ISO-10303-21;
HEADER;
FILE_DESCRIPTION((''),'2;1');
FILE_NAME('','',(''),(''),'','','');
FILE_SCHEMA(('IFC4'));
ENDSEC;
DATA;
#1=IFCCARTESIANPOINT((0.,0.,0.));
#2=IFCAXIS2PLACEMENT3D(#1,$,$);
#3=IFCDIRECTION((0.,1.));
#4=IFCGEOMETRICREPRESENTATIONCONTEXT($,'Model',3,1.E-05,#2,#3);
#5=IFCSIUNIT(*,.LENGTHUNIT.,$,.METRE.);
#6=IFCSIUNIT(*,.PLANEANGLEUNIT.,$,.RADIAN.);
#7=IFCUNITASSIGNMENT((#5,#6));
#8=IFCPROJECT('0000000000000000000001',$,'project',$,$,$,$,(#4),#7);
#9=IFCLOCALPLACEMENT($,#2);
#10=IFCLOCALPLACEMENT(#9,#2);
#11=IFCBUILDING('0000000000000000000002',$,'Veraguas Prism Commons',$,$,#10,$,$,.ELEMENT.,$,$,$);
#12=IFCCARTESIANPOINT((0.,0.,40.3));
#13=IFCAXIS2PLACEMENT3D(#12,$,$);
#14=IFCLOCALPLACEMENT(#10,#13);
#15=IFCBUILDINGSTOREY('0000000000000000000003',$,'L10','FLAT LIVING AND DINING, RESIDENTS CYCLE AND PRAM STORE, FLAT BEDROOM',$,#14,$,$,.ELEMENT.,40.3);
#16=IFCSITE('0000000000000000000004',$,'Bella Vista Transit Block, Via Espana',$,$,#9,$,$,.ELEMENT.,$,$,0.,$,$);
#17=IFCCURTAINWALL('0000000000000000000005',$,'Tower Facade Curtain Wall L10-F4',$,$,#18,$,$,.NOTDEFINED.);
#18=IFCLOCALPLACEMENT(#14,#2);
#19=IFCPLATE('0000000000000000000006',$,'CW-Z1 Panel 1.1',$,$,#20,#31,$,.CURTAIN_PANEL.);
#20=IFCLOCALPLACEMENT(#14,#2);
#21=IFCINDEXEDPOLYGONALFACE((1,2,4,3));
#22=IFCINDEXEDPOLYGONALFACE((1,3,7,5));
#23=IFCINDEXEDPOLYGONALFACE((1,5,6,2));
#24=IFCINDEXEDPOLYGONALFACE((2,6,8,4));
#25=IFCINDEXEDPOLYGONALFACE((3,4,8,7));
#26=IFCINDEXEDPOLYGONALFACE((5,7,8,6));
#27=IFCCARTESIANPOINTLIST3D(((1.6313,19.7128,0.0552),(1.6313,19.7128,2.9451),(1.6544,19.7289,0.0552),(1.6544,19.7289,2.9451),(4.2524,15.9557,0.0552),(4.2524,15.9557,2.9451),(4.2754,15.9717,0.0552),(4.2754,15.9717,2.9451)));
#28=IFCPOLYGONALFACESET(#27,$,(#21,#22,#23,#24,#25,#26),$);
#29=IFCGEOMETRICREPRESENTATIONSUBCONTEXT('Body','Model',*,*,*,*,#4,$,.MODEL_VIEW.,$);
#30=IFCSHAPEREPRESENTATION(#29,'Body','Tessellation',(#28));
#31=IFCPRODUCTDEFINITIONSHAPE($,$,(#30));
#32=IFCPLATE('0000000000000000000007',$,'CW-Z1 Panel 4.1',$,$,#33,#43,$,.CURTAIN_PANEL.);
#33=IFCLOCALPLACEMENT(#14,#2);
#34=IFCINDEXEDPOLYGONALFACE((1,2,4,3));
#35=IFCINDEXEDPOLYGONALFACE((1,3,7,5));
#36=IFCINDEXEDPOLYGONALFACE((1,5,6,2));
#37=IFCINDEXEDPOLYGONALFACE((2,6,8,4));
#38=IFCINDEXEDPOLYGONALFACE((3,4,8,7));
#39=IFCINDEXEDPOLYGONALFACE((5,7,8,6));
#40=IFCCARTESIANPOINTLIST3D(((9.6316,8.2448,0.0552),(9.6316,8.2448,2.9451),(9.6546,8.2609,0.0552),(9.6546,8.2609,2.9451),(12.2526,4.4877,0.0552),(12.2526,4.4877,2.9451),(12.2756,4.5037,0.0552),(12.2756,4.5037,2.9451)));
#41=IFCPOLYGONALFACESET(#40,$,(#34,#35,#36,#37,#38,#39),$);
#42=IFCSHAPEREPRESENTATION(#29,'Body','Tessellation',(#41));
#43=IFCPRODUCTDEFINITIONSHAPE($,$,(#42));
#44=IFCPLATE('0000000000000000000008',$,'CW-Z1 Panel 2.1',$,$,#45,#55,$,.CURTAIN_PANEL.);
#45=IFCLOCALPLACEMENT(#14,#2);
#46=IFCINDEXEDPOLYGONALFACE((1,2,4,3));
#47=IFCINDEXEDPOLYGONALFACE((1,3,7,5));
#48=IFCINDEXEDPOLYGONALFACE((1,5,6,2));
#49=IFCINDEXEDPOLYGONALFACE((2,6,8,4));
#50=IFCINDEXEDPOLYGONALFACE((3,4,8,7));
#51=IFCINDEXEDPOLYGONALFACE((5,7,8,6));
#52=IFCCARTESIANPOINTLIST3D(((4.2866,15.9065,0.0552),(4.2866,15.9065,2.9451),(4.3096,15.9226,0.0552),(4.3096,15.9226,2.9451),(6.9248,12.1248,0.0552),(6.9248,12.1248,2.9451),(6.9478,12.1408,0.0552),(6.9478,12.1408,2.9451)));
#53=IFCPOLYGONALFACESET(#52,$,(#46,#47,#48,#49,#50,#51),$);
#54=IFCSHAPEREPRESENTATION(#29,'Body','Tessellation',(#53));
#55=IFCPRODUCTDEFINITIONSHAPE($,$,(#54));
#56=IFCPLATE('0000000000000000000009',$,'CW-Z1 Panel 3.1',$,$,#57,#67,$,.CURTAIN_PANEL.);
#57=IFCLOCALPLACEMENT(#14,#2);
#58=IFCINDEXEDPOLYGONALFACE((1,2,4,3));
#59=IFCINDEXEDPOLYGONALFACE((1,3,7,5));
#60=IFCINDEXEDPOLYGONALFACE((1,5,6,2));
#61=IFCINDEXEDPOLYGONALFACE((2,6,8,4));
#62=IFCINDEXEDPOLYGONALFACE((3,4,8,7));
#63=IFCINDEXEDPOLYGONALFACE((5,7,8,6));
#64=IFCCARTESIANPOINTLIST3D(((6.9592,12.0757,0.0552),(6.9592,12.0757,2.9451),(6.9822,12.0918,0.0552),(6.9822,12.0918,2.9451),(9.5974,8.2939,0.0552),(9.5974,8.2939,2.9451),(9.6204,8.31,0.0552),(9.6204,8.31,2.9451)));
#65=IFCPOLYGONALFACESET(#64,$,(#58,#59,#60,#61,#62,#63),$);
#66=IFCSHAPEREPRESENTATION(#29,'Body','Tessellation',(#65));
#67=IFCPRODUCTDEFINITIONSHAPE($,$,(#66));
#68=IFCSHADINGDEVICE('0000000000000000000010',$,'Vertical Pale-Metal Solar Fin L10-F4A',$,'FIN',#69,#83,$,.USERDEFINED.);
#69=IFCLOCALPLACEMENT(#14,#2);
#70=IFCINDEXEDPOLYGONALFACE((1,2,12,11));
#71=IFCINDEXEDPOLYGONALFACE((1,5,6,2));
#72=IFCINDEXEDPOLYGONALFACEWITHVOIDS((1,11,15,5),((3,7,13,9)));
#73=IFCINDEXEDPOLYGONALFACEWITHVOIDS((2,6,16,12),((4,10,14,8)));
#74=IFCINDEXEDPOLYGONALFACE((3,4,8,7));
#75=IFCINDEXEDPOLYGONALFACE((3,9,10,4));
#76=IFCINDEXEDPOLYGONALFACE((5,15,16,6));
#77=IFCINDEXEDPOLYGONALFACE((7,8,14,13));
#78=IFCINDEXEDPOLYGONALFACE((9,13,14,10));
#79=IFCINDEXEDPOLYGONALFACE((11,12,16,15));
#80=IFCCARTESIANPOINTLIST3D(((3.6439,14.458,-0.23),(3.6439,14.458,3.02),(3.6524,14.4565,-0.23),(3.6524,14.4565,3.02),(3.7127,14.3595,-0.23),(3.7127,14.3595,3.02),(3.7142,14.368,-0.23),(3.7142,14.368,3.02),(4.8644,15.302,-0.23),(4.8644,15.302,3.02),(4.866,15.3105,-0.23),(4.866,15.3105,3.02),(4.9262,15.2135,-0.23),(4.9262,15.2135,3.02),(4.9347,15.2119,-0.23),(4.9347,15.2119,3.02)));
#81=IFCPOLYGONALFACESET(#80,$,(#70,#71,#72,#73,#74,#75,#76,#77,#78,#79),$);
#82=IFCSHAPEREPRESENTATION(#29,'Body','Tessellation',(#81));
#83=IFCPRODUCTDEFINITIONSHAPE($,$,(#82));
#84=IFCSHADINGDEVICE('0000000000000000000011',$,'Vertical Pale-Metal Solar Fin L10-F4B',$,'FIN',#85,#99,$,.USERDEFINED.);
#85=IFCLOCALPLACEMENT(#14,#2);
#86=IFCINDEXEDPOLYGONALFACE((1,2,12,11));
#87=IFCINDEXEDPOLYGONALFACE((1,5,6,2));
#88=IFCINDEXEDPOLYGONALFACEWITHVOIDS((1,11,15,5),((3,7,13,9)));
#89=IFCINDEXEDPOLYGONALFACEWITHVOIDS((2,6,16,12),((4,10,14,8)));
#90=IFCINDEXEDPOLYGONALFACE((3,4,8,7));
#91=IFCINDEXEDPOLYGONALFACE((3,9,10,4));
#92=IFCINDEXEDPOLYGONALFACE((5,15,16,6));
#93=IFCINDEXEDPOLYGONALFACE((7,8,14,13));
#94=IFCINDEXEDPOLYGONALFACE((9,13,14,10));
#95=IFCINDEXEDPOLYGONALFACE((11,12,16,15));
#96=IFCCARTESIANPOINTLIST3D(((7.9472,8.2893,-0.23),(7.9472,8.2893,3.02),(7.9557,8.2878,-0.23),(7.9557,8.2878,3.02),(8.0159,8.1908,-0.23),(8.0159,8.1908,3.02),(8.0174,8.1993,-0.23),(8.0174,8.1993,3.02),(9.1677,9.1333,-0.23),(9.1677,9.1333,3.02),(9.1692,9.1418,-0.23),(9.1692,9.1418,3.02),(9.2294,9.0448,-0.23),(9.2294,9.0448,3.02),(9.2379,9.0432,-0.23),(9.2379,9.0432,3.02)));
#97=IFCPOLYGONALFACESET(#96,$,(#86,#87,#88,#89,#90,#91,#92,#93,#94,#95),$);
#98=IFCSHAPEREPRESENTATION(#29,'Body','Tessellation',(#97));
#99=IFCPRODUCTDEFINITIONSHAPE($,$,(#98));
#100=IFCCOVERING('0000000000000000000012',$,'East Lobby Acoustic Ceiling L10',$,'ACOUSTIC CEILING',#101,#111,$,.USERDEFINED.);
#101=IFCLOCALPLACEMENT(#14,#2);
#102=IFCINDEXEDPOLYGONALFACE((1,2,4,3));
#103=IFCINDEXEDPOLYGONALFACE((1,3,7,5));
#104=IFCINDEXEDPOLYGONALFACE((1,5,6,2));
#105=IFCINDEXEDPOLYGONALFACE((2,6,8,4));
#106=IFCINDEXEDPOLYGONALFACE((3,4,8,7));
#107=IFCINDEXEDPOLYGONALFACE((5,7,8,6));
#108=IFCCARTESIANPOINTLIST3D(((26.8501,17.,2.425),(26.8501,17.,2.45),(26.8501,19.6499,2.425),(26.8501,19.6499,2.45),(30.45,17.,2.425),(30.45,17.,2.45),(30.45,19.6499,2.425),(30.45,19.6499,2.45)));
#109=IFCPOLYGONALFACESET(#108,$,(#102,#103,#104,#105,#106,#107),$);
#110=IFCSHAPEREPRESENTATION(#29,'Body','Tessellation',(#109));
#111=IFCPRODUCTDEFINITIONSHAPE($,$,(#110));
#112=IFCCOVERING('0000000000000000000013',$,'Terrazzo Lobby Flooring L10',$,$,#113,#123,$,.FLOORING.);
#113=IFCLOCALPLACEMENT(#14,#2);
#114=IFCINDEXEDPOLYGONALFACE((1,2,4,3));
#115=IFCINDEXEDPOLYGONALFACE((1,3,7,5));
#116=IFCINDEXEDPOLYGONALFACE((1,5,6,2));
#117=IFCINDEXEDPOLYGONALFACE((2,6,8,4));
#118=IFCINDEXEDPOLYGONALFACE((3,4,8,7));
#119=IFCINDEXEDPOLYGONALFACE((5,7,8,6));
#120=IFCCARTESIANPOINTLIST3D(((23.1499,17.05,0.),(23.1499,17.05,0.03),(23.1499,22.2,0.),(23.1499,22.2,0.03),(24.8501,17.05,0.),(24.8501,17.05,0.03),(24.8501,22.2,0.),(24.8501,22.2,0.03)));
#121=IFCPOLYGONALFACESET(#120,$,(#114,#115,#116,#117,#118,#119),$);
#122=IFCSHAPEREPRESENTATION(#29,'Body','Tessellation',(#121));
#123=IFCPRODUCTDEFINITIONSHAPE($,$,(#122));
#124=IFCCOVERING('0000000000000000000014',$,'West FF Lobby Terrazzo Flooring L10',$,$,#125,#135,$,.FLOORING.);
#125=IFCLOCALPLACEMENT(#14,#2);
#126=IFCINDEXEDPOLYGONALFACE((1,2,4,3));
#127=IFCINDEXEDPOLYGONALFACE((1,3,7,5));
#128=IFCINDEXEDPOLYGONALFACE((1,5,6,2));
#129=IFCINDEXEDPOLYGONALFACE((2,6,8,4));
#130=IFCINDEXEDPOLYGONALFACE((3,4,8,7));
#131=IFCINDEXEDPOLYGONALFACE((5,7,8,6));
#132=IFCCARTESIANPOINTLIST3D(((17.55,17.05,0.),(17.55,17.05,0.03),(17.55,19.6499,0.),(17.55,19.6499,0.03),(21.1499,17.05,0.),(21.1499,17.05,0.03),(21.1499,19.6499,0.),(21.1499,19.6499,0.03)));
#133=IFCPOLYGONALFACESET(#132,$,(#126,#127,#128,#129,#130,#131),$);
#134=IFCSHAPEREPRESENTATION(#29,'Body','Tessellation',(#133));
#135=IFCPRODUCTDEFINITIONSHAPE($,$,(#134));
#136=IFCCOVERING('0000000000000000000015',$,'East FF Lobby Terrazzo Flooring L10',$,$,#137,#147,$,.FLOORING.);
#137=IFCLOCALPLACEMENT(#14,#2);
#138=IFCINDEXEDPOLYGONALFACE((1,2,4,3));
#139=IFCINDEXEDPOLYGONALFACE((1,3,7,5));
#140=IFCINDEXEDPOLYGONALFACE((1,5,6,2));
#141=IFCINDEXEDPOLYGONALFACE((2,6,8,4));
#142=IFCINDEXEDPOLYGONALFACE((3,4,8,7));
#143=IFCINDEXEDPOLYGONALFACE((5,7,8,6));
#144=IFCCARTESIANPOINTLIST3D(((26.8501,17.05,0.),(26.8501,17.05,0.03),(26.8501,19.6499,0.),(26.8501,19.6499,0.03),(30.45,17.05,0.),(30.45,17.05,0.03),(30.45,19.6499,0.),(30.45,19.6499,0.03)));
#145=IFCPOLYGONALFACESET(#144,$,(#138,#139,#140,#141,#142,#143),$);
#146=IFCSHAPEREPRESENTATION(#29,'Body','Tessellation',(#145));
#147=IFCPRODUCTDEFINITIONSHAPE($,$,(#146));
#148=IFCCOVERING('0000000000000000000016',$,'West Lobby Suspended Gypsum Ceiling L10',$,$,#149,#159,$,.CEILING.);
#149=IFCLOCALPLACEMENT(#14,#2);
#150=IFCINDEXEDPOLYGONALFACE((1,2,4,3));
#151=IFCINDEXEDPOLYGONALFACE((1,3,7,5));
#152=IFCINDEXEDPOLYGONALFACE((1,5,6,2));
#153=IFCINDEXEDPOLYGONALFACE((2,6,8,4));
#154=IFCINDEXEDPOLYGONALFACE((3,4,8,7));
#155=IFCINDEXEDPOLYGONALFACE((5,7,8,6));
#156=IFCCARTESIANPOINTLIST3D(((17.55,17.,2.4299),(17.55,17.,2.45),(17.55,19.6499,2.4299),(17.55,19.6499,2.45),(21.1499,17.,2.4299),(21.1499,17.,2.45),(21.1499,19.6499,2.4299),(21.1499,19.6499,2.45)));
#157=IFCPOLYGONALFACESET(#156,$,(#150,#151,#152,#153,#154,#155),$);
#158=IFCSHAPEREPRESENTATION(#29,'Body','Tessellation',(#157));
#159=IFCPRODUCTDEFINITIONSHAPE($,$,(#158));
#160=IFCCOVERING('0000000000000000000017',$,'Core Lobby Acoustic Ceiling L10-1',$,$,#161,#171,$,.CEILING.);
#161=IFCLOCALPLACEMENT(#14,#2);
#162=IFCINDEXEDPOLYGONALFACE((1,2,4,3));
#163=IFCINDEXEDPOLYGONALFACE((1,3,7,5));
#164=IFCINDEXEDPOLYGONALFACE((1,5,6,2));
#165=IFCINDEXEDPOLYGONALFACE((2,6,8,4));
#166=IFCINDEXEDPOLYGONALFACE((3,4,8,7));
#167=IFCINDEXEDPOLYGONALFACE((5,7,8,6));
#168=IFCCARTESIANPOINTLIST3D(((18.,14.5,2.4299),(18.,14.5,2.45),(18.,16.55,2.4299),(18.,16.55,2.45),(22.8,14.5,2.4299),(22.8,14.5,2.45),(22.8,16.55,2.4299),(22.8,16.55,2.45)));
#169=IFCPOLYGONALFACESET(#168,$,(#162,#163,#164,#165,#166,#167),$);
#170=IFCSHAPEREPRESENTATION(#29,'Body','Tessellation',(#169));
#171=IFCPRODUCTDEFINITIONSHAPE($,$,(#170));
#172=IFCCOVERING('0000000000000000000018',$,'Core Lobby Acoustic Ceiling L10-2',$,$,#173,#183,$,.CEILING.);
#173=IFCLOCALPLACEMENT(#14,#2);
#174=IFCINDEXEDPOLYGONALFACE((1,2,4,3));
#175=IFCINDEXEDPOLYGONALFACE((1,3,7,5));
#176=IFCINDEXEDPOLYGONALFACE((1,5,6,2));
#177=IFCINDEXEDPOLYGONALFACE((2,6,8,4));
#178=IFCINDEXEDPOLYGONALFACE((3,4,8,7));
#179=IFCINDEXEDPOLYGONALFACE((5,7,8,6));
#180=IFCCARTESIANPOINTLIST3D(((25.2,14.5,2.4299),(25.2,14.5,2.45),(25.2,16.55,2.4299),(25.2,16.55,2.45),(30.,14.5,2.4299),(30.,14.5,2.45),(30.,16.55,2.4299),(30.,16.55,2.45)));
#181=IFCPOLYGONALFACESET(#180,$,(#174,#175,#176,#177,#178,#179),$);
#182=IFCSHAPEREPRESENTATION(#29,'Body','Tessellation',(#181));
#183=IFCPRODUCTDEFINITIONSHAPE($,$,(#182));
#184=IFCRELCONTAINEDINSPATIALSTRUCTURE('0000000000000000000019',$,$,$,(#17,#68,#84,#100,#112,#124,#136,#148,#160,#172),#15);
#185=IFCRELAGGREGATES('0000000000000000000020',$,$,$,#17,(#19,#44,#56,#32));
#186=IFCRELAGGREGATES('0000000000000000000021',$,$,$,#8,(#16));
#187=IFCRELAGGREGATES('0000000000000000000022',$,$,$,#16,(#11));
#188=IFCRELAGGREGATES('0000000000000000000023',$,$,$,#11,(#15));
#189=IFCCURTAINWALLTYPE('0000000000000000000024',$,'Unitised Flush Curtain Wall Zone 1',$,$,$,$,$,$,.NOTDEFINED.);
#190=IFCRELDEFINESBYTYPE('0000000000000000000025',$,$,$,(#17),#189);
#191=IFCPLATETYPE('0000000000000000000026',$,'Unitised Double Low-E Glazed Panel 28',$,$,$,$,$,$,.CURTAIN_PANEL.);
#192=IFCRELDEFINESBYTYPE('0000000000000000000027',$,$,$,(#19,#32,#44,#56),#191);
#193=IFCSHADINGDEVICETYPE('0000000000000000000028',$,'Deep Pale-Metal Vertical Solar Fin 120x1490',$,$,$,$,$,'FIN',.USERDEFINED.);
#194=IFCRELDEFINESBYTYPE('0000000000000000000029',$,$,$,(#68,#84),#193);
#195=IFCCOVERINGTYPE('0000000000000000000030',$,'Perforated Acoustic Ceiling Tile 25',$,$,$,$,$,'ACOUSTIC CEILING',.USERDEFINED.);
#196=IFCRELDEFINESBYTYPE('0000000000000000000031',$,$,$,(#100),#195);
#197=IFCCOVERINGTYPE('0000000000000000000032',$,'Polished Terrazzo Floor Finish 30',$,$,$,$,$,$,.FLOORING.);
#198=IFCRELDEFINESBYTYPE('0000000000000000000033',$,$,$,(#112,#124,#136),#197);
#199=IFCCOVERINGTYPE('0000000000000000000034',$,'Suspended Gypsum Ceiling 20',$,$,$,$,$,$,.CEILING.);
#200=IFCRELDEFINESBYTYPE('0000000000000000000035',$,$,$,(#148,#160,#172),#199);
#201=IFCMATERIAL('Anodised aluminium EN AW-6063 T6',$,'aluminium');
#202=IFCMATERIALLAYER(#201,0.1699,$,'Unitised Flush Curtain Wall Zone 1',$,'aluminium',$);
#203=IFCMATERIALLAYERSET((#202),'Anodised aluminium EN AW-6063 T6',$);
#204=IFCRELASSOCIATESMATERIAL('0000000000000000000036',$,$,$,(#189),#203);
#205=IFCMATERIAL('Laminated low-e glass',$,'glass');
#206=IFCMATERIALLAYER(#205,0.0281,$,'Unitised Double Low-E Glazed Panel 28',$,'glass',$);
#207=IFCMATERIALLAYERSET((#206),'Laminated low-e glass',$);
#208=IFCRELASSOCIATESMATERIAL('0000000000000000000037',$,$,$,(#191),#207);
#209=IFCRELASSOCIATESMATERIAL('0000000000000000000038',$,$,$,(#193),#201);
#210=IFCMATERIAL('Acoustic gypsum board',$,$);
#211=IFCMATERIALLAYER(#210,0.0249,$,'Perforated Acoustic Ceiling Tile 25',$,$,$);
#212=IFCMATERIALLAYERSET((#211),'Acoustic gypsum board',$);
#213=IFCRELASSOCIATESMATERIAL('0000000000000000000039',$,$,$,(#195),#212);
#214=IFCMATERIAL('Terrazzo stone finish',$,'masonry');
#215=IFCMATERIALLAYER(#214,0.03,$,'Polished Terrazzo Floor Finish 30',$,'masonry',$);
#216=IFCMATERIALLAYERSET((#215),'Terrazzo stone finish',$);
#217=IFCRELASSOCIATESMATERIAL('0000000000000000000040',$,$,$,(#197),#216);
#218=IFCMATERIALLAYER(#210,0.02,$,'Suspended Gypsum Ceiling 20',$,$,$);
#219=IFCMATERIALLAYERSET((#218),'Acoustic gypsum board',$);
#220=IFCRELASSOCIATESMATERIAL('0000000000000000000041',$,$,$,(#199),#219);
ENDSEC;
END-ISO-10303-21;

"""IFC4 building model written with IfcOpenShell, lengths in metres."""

from ifc_helpers import new_model, si_unit, direction, frame, origin, origin_2d, place, context, subcontext, project, spatial, polyline, rectangle, hollow_rectangle, outline, extrude, source, transform, mapped, material, layer, layer_set, material_profile, profile_set, type_object, element, aggregate, save


model = new_model("IFC4")

# Units and contexts
model_context = context("Model", 3, precision=1e-05, world=origin(), true_north=direction((0.0, 1.0)))
body_context = subcontext(model_context, "Body", "Model", "MODEL_VIEW")
ifc_project = project(units=[si_unit("LENGTHUNIT", "METRE"), si_unit("PLANEANGLEUNIT", "RADIAN")], contexts=[model_context])

# Site, building, storey
site_placement = place(None, origin())
site = spatial("IfcSite", under=ifc_project, at=site_placement, Name="Bella Vista Transit Block, Via Espana", CompositionType="ELEMENT", RefElevation=0.0)
building_placement = place(site_placement, origin())
building = spatial("IfcBuilding", under=site, at=building_placement, Name="Veraguas Prism Commons", CompositionType="ELEMENT")
storey_placement = place(building_placement, frame((0.0, 0.0, 40.3)))
storey = spatial("IfcBuildingStorey", under=building, at=storey_placement, Name="L10", Description="FLAT LIVING AND DINING, RESIDENTS CYCLE AND PRAM STORE, FLAT BEDROOM", CompositionType="ELEMENT", Elevation=40.3)

# Curtain wall
ifc_material_1 = material(Name="Anodised aluminium EN AW-6063 T6", Category="aluminium")
ifc_layer_1 = layer(ifc_material_1, 0.1699, Name="Unitised Flush Curtain Wall Zone 1", Category="aluminium")
ifc_layer_set_1 = layer_set([ifc_layer_1], Name="Anodised aluminium EN AW-6063 T6")
curtain_wall_type = type_object("IfcCurtainWallType", Name="Unitised Flush Curtain Wall Zone 1", PredefinedType="NOTDEFINED", material=ifc_layer_set_1)
curtain_wall_1_placement = place(storey_placement, origin())
curtain_wall_1 = element("IfcCurtainWall", 1, at=curtain_wall_1_placement, inside=storey, type_object=curtain_wall_type, Name="Tower Facade Curtain Wall L10-F4", PredefinedType="NOTDEFINED")

# Plates
ifc_material_2 = material(Name="Laminated low-e glass", Category="glass")
ifc_layer_2 = layer(ifc_material_2, 0.0281, Name="Unitised Double Low-E Glazed Panel 28", Category="glass")
ifc_layer_set_2 = layer_set([ifc_layer_2], Name="Laminated low-e glass")
plate_type = type_object("IfcPlateType", Name="Unitised Double Low-E Glazed Panel 28", PredefinedType="CURTAIN_PANEL", material=ifc_layer_set_2)
shared_shape_1 = source(origin(), body_context, "Body", "SweptSolid", [
    extrude(rectangle(XDim=4.5811, YDim=0.0281, at=origin_2d()), origin(), (0.0, 0.0, 1.0), 2.8899),
])
plate_1_placement = place(storey_placement, frame((2.9534, 17.8423, 0.0552), z_axis=(0.0, 0.0, 1.0), x_axis=(0.572146, -0.820152, 0.0)))
plate_1 = element("IfcPlate", 2, at=plate_1_placement, type_object=plate_type, Name="CW-Z1 Panel 1.1", PredefinedType="CURTAIN_PANEL", context=body_context, shape_type="MappedRepresentation", body=[
    mapped(shared_shape_1, transform((0.0, 0.0, 0.0), scale=1.0)),
])
plate_2_placement = place(storey_placement, frame((10.9536, 6.3743, 0.0552), z_axis=(0.0, 0.0, 1.0), x_axis=(0.572146, -0.820152, 0.0)))
plate_2 = element("IfcPlate", 3, at=plate_2_placement, type_object=plate_type, Name="CW-Z1 Panel 4.1", PredefinedType="CURTAIN_PANEL", context=body_context, shape_type="MappedRepresentation", body=[
    mapped(shared_shape_1, transform((0.0, 0.0, 0.0), scale=1.0)),
])
shared_shape_2 = source(origin(), body_context, "Body", "SweptSolid", [
    extrude(rectangle(XDim=4.6111, YDim=0.0281, at=origin_2d()), origin(), (0.0, 0.0, 1.0), 2.8899),
])
plate_3_placement = place(storey_placement, frame((5.6172, 14.0237, 0.0552), z_axis=(0.0, 0.0, 1.0), x_axis=(0.572146, -0.820152, 0.0)))
plate_3 = element("IfcPlate", 4, at=plate_3_placement, type_object=plate_type, Name="CW-Z1 Panel 2.1", PredefinedType="CURTAIN_PANEL", context=body_context, shape_type="MappedRepresentation", body=[
    mapped(shared_shape_2, transform((0.0, 0.0, 0.0), scale=1.0)),
])
plate_4_placement = place(storey_placement, frame((8.2898, 10.1929, 0.0552), z_axis=(0.0, 0.0, 1.0), x_axis=(0.572146, -0.820152, 0.0)))
plate_4 = element("IfcPlate", 5, at=plate_4_placement, type_object=plate_type, Name="CW-Z1 Panel 3.1", PredefinedType="CURTAIN_PANEL", context=body_context, shape_type="MappedRepresentation", body=[
    mapped(shared_shape_2, transform((0.0, 0.0, 0.0), scale=1.0)),
])
aggregate(curtain_wall_1, [plate_1, plate_3, plate_4, plate_2])

# Shading devices
ifc_material_profile_1 = material_profile(ifc_material_1, hollow_rectangle(XDim=0.1201, YDim=1.49, WallThickness=0.0061, at=origin_2d()), Name="FIN120X1490X6")
ifc_profile_set_1 = profile_set([ifc_material_profile_1], Name="Anodised aluminium EN AW-6063 T6")
shading_device_type = type_object("IfcShadingDeviceType", Name="Deep Pale-Metal Vertical Solar Fin 120x1490", ElementType="FIN", PredefinedType="USERDEFINED", material=ifc_profile_set_1)
for number, where, z_axis, x_axis, name in (
    (6, (4.2893, 14.835, -0.23), (0.0, 0.0, 1.0), (0.572144, -0.820153, 0.0), "Vertical Pale-Metal Solar Fin L10-F4A"),
    (7, (8.5925, 8.6663, -0.23), (0.0, 0.0, 1.0), (0.572144, -0.820153, 0.0), "Vertical Pale-Metal Solar Fin L10-F4B"),
):
    element("IfcShadingDevice", number, at=place(storey_placement, frame(where, z_axis=z_axis, x_axis=x_axis)), inside=storey, type_object=shading_device_type, Name=name, ObjectType="FIN", PredefinedType="USERDEFINED", context=body_context, shape_type="SweptSolid", body=[
        extrude(hollow_rectangle(XDim=0.1201, YDim=1.49, WallThickness=0.0061, at=origin_2d()), origin(), (0.0, 0.0, 1.0), 3.25),
    ])

# Coverings
ifc_material_3 = material(Name="Acoustic gypsum board")
ifc_layer_3 = layer(ifc_material_3, 0.0249, Name="Perforated Acoustic Ceiling Tile 25")
ifc_layer_set_3 = layer_set([ifc_layer_3], Name="Acoustic gypsum board")
covering_type_1 = type_object("IfcCoveringType", Name="Perforated Acoustic Ceiling Tile 25", ElementType="ACOUSTIC CEILING", PredefinedType="USERDEFINED", material=ifc_layer_set_3)
covering_1_placement = place(storey_placement, frame((0.0, 0.0, 2.425)))
element("IfcCovering", 8, at=covering_1_placement, inside=storey, type_object=covering_type_1, Name="East Lobby Acoustic Ceiling L10", ObjectType="ACOUSTIC CEILING", PredefinedType="USERDEFINED", context=body_context, shape_type="SweptSolid", body=[
    extrude(outline(polyline([(26.8501, 17.0), (30.45, 17.0), (30.45, 19.6499), (26.8501, 19.6499), (26.8501, 17.0)])), origin(), (0.0, 0.0, 1.0), 0.0249),
])
ifc_material_4 = material(Name="Terrazzo stone finish", Category="masonry")
ifc_layer_4 = layer(ifc_material_4, 0.03, Name="Polished Terrazzo Floor Finish 30", Category="masonry")
ifc_layer_set_4 = layer_set([ifc_layer_4], Name="Terrazzo stone finish")
covering_type_2 = type_object("IfcCoveringType", Name="Polished Terrazzo Floor Finish 30", PredefinedType="FLOORING", material=ifc_layer_set_4)
covering_2_placement = place(storey_placement, origin())
element("IfcCovering", 9, at=covering_2_placement, inside=storey, type_object=covering_type_2, Name="Terrazzo Lobby Flooring L10", PredefinedType="FLOORING", context=body_context, shape_type="SweptSolid", body=[
    extrude(outline(polyline([(23.1499, 17.05), (24.8501, 17.05), (24.8501, 22.2), (23.1499, 22.2), (23.1499, 17.05)])), origin(), (0.0, 0.0, 1.0), 0.03),
])
covering_3_placement = place(storey_placement, origin())
element("IfcCovering", 10, at=covering_3_placement, inside=storey, type_object=covering_type_2, Name="West FF Lobby Terrazzo Flooring L10", PredefinedType="FLOORING", context=body_context, shape_type="SweptSolid", body=[
    extrude(outline(polyline([(17.55, 17.05), (21.1499, 17.05), (21.1499, 19.6499), (17.55, 19.6499), (17.55, 17.05)])), origin(), (0.0, 0.0, 1.0), 0.03),
])
covering_4_placement = place(storey_placement, origin())
element("IfcCovering", 11, at=covering_4_placement, inside=storey, type_object=covering_type_2, Name="East FF Lobby Terrazzo Flooring L10", PredefinedType="FLOORING", context=body_context, shape_type="SweptSolid", body=[
    extrude(outline(polyline([(26.8501, 17.05), (30.45, 17.05), (30.45, 19.6499), (26.8501, 19.6499), (26.8501, 17.05)])), origin(), (0.0, 0.0, 1.0), 0.03),
])
ifc_layer_5 = layer(ifc_material_3, 0.02, Name="Suspended Gypsum Ceiling 20")
ifc_layer_set_5 = layer_set([ifc_layer_5], Name="Acoustic gypsum board")
covering_type_3 = type_object("IfcCoveringType", Name="Suspended Gypsum Ceiling 20", PredefinedType="CEILING", material=ifc_layer_set_5)
covering_5_placement = place(storey_placement, frame((0.0, 0.0, 2.4299)))
element("IfcCovering", 12, at=covering_5_placement, inside=storey, type_object=covering_type_3, Name="West Lobby Suspended Gypsum Ceiling L10", PredefinedType="CEILING", context=body_context, shape_type="SweptSolid", body=[
    extrude(outline(polyline([(17.55, 17.0), (21.1499, 17.0), (21.1499, 19.6499), (17.55, 19.6499), (17.55, 17.0)])), origin(), (0.0, 0.0, 1.0), 0.02),
])
covering_6_placement = place(storey_placement, frame((0.0, 0.0, 2.4299)))
element("IfcCovering", 13, at=covering_6_placement, inside=storey, type_object=covering_type_3, Name="Core Lobby Acoustic Ceiling L10-1", PredefinedType="CEILING", context=body_context, shape_type="SweptSolid", body=[
    extrude(outline(polyline([(18.0, 14.5), (22.8, 14.5), (22.8, 16.55), (18.0, 16.55), (18.0, 14.5)])), origin(), (0.0, 0.0, 1.0), 0.02),
])
covering_7_placement = place(storey_placement, frame((0.0, 0.0, 2.4299)))
element("IfcCovering", 14, at=covering_7_placement, inside=storey, type_object=covering_type_3, Name="Core Lobby Acoustic Ceiling L10-2", PredefinedType="CEILING", context=body_context, shape_type="SweptSolid", body=[
    extrude(outline(polyline([(25.2, 14.5), (30.0, 14.5), (30.0, 16.55), (25.2, 16.55), (25.2, 14.5)])), origin(), (0.0, 0.0, 1.0), 0.02),
])

save(model, "model.ifc")
